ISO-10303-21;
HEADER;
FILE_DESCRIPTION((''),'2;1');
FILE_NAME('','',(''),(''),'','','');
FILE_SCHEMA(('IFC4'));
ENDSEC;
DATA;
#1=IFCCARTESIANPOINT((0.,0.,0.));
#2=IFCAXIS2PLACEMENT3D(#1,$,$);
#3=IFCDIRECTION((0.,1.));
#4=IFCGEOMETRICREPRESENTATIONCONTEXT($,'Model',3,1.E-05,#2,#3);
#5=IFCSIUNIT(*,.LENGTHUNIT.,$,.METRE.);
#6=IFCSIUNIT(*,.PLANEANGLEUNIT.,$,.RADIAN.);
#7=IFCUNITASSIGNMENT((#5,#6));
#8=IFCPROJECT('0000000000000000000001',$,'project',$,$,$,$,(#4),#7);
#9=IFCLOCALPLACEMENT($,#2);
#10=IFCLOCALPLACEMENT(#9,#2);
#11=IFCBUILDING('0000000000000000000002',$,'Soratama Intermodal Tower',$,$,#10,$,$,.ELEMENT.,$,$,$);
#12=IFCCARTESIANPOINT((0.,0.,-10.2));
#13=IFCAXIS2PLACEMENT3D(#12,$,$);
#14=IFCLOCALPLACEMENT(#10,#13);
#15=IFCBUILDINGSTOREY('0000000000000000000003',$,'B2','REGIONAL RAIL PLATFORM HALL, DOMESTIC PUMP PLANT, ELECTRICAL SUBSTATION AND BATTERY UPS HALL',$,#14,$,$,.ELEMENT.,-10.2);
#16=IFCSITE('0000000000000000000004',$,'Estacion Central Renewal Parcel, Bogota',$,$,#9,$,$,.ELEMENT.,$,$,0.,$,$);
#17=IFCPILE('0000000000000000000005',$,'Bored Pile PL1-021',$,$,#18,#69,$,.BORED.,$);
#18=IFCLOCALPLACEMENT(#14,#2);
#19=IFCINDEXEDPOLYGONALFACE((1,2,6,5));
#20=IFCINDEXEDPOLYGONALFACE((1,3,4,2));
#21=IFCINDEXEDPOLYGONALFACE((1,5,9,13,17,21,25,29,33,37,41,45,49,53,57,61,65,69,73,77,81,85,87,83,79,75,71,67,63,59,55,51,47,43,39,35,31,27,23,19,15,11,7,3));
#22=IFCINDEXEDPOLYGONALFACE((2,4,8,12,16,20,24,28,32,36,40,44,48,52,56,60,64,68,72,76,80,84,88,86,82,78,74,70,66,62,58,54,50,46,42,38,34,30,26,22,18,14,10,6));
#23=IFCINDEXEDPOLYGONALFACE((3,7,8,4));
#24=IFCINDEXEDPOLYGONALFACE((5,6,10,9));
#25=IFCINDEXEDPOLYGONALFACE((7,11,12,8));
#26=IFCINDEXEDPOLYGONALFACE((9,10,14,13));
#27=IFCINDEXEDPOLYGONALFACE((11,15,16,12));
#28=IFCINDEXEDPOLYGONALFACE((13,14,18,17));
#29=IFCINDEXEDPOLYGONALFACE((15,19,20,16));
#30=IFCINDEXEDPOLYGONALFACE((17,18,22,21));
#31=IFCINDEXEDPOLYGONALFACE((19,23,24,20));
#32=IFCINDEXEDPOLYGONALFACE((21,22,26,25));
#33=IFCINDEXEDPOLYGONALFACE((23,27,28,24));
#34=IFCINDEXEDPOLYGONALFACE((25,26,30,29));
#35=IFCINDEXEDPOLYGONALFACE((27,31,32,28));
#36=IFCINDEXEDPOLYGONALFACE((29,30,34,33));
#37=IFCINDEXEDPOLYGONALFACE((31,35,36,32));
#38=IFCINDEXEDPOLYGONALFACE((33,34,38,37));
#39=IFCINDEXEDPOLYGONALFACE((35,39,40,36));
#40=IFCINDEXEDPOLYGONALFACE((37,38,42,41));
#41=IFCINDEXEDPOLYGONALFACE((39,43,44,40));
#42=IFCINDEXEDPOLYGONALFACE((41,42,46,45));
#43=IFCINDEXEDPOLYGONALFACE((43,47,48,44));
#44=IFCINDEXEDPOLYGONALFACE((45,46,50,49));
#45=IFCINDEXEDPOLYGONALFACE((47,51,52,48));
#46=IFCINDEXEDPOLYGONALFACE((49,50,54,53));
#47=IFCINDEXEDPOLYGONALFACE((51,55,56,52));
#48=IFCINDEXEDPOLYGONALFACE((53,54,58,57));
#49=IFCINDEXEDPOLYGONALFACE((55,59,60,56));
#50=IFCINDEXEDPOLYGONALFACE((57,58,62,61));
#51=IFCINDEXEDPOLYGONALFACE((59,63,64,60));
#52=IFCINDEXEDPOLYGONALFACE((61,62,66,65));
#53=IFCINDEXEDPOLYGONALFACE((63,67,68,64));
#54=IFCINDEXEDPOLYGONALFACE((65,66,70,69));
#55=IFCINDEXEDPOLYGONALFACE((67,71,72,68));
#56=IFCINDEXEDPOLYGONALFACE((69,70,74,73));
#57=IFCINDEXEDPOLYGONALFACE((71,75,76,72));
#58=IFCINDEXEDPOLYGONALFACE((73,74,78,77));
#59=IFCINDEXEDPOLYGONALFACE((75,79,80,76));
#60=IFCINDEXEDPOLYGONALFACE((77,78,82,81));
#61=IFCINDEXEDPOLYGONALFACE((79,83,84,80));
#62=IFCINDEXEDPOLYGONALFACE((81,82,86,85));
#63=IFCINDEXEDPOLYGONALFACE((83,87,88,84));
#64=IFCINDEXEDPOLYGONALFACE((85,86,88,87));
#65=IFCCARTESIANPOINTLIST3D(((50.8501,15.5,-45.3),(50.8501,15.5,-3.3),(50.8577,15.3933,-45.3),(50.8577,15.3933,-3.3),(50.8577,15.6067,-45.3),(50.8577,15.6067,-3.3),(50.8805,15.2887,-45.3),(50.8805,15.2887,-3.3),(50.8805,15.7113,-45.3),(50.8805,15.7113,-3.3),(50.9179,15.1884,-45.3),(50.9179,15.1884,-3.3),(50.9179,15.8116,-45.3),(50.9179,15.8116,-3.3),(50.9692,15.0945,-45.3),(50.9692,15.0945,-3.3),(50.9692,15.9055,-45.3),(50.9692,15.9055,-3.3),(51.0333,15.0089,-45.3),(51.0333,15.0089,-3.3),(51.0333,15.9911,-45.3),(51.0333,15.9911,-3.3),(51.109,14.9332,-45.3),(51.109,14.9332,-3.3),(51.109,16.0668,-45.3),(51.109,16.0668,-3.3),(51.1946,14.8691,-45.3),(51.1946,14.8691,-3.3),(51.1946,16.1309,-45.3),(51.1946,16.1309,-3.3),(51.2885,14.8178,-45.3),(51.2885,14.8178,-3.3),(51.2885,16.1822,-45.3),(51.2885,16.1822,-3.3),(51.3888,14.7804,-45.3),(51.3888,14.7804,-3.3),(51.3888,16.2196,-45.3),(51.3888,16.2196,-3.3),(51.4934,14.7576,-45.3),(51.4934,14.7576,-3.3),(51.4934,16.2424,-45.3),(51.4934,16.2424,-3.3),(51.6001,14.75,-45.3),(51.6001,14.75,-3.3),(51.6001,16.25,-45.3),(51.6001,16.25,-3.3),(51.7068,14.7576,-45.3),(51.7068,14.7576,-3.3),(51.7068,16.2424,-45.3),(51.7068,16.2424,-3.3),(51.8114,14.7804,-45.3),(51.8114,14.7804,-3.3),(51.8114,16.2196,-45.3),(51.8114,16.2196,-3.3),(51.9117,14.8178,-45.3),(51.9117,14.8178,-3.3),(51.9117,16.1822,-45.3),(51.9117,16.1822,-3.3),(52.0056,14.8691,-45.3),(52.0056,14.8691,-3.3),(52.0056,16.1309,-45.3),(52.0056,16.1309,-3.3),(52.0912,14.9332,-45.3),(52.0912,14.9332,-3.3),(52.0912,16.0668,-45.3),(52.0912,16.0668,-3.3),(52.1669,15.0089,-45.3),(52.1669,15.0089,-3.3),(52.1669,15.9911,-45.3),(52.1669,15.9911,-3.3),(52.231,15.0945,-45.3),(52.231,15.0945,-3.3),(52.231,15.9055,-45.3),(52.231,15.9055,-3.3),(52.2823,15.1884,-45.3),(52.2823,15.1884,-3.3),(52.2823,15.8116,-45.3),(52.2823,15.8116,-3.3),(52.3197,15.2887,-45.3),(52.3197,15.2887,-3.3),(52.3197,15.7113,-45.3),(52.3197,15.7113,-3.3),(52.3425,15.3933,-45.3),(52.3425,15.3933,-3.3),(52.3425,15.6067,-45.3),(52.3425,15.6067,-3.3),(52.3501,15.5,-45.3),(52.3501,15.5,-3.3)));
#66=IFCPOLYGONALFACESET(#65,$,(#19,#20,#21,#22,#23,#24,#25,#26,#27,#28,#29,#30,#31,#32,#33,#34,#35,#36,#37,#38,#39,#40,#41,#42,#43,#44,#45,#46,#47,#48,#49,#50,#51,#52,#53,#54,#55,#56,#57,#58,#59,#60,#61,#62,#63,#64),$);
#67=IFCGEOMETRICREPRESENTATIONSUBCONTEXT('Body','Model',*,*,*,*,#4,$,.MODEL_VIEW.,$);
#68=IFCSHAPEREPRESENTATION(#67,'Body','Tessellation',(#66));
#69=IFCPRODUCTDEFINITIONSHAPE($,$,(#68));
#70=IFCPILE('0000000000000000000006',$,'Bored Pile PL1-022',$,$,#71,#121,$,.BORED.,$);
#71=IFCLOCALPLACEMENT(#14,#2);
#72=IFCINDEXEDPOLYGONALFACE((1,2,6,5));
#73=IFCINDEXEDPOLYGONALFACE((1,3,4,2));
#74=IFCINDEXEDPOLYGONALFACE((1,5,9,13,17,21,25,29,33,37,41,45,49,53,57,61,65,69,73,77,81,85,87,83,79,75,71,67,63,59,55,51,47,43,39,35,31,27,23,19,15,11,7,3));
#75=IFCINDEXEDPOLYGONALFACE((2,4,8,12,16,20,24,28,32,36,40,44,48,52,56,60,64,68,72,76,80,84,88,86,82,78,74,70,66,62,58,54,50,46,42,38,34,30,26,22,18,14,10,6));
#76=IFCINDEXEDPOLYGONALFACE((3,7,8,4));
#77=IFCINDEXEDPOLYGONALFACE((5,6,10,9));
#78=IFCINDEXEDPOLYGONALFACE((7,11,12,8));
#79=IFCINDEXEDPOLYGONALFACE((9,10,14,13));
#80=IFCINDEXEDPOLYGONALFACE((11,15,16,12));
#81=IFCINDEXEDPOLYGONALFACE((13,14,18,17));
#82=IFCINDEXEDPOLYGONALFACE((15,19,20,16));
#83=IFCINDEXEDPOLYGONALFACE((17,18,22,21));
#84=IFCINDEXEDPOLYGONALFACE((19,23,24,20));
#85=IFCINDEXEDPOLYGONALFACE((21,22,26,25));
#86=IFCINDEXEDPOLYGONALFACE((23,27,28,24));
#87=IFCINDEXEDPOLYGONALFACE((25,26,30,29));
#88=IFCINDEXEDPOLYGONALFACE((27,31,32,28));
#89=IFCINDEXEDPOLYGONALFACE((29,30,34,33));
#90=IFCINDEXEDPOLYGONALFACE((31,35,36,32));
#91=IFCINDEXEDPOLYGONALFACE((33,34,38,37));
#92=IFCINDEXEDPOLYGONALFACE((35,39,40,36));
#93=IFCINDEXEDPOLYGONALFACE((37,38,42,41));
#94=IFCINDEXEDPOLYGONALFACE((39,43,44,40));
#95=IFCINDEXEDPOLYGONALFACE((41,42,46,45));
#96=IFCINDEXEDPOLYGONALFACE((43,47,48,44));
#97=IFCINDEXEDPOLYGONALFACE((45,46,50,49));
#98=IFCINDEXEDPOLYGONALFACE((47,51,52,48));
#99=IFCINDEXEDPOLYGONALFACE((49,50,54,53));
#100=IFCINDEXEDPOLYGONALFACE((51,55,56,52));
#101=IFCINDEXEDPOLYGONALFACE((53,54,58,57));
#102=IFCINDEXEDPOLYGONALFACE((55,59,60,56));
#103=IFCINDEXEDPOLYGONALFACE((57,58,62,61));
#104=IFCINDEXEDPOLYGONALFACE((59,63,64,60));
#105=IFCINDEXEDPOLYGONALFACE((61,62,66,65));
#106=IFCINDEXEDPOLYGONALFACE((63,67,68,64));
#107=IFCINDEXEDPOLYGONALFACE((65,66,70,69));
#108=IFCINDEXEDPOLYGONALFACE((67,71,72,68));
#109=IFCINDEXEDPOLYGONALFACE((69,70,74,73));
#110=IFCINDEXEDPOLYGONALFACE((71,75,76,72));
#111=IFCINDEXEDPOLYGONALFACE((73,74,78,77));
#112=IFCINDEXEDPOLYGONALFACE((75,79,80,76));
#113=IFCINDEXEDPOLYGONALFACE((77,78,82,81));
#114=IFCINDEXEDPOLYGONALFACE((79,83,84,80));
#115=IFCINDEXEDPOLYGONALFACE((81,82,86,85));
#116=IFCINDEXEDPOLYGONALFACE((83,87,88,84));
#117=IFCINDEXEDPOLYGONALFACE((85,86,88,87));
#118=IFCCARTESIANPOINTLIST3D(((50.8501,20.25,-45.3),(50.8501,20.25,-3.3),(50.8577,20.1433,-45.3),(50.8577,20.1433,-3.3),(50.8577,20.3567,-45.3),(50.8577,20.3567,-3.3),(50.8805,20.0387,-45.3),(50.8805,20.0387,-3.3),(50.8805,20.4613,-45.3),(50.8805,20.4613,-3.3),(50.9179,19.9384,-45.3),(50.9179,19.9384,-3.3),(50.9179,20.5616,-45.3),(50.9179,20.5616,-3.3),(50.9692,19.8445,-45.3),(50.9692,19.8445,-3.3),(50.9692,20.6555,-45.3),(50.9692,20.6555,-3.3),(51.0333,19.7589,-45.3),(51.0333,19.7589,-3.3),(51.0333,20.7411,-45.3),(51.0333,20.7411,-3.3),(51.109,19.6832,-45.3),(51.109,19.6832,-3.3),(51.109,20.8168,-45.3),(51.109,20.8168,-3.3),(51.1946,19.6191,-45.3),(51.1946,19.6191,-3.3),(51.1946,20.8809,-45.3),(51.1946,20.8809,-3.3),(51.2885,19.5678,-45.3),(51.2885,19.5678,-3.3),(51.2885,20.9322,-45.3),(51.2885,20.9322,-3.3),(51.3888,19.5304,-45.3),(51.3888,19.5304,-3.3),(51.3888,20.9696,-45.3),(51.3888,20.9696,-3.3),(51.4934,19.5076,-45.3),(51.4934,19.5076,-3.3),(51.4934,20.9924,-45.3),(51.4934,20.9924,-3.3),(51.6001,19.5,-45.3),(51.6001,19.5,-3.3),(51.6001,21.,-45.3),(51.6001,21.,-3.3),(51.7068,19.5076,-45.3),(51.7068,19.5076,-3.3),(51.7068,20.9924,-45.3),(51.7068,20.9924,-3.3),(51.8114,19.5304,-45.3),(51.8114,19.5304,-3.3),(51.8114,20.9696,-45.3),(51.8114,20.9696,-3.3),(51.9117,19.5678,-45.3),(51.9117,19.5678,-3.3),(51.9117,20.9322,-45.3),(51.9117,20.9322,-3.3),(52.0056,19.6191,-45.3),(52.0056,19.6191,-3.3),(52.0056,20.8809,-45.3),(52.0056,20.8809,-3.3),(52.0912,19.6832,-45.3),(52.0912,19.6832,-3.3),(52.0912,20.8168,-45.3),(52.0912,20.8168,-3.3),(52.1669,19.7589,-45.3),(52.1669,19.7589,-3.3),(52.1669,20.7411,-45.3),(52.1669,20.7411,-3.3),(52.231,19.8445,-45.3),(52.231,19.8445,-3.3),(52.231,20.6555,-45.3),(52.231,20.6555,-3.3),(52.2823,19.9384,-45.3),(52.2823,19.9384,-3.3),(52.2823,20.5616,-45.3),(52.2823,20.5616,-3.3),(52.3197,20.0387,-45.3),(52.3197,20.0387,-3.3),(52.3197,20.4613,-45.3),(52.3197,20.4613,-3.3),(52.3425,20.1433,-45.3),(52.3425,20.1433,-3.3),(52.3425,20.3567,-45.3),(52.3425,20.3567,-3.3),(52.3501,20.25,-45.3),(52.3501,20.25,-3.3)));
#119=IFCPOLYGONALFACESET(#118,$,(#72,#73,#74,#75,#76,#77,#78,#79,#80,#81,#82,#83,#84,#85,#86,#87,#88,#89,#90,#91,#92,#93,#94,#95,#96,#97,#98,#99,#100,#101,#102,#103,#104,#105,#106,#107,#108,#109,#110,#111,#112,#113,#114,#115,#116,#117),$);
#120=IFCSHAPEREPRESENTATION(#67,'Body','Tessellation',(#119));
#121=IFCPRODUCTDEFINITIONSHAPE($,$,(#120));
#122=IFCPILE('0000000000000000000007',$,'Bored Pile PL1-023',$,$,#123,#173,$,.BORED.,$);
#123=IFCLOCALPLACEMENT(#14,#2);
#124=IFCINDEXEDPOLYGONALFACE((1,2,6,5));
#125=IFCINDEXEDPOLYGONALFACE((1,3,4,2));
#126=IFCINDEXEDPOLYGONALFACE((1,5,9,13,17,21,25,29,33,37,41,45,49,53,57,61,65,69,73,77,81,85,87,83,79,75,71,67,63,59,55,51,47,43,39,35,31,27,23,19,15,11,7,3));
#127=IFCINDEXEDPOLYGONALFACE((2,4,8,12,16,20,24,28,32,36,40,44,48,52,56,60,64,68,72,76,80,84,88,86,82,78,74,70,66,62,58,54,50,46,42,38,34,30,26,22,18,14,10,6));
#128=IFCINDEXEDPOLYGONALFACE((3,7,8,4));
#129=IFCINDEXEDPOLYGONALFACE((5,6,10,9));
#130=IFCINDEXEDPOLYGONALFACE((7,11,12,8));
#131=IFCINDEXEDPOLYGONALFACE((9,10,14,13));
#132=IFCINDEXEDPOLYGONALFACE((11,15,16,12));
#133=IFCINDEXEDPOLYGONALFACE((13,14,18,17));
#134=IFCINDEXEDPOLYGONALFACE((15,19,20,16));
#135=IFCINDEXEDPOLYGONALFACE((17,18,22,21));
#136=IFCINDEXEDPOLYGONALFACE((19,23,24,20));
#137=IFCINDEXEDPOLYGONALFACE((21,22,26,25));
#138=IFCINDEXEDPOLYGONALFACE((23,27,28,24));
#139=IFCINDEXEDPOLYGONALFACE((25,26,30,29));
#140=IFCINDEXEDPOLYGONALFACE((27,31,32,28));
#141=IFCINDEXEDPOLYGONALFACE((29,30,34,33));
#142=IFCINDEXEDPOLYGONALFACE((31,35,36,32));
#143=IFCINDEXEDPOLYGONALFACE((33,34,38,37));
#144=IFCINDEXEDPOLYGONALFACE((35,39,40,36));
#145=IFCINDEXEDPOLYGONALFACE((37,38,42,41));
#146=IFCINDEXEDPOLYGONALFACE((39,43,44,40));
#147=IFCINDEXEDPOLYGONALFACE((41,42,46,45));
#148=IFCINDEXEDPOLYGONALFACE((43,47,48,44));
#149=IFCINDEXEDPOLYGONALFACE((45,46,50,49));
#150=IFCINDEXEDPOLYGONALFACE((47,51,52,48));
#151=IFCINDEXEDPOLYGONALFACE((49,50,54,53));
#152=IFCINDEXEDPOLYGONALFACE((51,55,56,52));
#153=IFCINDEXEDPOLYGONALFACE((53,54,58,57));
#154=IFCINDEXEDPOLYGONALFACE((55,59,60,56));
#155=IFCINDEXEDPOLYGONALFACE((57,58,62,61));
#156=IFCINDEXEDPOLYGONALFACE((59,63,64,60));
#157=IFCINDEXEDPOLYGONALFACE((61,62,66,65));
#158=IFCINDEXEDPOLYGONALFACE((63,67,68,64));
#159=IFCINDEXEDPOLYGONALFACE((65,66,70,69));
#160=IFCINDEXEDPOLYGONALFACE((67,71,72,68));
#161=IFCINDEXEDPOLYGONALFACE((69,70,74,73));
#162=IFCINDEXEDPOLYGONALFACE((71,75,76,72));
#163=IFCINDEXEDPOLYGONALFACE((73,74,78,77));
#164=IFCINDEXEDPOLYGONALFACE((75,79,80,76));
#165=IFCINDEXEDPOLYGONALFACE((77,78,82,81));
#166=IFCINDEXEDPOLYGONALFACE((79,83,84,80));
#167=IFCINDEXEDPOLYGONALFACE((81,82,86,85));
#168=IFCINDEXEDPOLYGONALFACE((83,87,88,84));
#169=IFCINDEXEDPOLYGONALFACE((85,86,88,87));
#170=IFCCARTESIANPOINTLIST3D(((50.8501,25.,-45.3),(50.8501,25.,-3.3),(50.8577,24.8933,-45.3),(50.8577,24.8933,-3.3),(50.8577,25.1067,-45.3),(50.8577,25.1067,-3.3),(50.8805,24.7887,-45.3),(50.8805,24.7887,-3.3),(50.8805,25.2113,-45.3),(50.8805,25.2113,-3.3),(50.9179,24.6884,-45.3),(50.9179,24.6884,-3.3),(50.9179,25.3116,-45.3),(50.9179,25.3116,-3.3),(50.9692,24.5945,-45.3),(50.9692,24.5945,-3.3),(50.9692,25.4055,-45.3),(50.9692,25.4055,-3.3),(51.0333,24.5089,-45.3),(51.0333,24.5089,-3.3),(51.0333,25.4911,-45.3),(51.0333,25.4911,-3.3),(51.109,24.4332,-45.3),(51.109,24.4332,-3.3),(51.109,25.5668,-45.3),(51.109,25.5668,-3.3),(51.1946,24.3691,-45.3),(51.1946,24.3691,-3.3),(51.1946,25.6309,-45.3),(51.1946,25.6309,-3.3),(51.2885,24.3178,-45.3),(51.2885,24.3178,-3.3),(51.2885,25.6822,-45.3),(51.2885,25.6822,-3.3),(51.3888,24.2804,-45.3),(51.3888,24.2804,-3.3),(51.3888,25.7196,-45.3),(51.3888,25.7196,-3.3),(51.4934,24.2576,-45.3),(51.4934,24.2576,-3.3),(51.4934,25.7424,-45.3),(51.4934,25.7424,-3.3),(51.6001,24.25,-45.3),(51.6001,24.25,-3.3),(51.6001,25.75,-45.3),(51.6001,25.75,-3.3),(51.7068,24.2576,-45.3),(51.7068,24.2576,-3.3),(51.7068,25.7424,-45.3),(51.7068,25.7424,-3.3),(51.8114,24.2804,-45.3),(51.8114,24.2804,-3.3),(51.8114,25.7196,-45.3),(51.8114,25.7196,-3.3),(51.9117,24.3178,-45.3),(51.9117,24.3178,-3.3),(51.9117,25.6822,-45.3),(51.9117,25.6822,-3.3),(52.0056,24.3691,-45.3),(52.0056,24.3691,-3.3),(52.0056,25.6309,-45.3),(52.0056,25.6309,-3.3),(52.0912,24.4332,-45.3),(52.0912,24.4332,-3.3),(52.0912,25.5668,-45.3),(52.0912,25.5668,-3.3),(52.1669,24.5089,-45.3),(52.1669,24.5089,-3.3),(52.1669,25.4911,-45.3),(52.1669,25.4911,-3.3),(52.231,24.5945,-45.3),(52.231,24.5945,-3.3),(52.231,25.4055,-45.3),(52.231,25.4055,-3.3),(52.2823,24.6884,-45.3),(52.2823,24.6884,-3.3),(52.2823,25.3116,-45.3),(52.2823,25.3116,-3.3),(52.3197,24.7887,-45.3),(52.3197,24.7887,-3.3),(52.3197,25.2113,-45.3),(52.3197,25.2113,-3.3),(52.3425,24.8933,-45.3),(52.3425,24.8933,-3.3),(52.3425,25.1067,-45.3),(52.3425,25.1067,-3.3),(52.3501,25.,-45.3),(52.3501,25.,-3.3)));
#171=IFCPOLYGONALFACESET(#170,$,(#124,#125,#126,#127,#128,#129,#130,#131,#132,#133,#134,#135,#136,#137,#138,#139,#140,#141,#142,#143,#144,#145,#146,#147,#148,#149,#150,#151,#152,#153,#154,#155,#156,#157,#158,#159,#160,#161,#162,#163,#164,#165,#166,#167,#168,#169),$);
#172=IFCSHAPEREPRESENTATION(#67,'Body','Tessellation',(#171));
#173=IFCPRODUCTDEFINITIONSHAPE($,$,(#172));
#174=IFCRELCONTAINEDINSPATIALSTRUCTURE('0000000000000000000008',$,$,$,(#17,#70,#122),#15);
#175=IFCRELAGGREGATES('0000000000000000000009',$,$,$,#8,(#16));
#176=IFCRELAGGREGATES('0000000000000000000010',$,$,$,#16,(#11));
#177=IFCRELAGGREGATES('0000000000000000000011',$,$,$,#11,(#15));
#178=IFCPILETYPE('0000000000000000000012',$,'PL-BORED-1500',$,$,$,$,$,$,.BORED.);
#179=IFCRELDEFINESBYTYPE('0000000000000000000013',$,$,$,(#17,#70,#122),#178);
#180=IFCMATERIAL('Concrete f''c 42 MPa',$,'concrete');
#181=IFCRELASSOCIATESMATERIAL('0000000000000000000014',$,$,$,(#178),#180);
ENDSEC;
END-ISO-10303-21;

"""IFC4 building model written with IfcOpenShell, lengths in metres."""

from ifc_helpers import new_model, si_unit, direction, frame, origin, origin_2d, place, context, subcontext, project, spatial, circle, extrude, material, material_profile, profile_set, type_object, element, save


model = new_model("IFC4")

# Units and contexts
model_context = context("Model", 3, precision=1e-05, world=origin(), true_north=direction((0.0, 1.0)))
body_context = subcontext(model_context, "Body", "Model", "MODEL_VIEW")
ifc_project = project(units=[si_unit("LENGTHUNIT", "METRE"), si_unit("PLANEANGLEUNIT", "RADIAN")], contexts=[model_context])

# Site, building, storey
site_placement = place(None, origin())
site = spatial("IfcSite", under=ifc_project, at=site_placement, Name="Estacion Central Renewal Parcel, Bogota", CompositionType="ELEMENT", RefElevation=0.0)
building_placement = place(site_placement, origin())
building = spatial("IfcBuilding", under=site, at=building_placement, Name="Soratama Intermodal Tower", CompositionType="ELEMENT")
storey_placement = place(building_placement, frame((0.0, 0.0, -10.2)))
storey = spatial("IfcBuildingStorey", under=building, at=storey_placement, Name="B2", Description="REGIONAL RAIL PLATFORM HALL, DOMESTIC PUMP PLANT, ELECTRICAL SUBSTATION AND BATTERY UPS HALL", CompositionType="ELEMENT", Elevation=-10.2)

# Piles
ifc_material_1 = material(Name="Concrete f'c 42 MPa", Category="concrete")
ifc_material_profile_1 = material_profile(ifc_material_1, circle(Radius=0.75, at=origin_2d()), Name="PILE1500")
ifc_profile_set_1 = profile_set([ifc_material_profile_1], Name="Concrete f'c 42 MPa")
pile_type_1 = type_object("IfcPileType", Name="PL-BORED-1500", PredefinedType="BORED", material=ifc_profile_set_1)
for number, where, z_axis, x_axis, name in (
    (1, (51.6001, 15.5, -3.3), (0.0, 0.0, -1.0), (1.0, 0.0, 0.0), "Bored Pile PL1-021"),
    (2, (51.6001, 20.25, -3.3), (0.0, 0.0, -1.0), (1.0, 0.0, 0.0), "Bored Pile PL1-022"),
    (3, (51.6001, 25.0, -3.3), (0.0, 0.0, -1.0), (1.0, 0.0, 0.0), "Bored Pile PL1-023"),
):
    element("IfcPile", number, at=place(storey_placement, frame(where, z_axis=z_axis, x_axis=x_axis)), inside=storey, type_object=pile_type_1, Name=name, PredefinedType="BORED", context=body_context, shape_type="SweptSolid", body=[
        extrude(circle(Radius=0.75, at=origin_2d()), origin(), (0.0, 0.0, 1.0), 42.0),
    ])

save(model, "model.ifc")
